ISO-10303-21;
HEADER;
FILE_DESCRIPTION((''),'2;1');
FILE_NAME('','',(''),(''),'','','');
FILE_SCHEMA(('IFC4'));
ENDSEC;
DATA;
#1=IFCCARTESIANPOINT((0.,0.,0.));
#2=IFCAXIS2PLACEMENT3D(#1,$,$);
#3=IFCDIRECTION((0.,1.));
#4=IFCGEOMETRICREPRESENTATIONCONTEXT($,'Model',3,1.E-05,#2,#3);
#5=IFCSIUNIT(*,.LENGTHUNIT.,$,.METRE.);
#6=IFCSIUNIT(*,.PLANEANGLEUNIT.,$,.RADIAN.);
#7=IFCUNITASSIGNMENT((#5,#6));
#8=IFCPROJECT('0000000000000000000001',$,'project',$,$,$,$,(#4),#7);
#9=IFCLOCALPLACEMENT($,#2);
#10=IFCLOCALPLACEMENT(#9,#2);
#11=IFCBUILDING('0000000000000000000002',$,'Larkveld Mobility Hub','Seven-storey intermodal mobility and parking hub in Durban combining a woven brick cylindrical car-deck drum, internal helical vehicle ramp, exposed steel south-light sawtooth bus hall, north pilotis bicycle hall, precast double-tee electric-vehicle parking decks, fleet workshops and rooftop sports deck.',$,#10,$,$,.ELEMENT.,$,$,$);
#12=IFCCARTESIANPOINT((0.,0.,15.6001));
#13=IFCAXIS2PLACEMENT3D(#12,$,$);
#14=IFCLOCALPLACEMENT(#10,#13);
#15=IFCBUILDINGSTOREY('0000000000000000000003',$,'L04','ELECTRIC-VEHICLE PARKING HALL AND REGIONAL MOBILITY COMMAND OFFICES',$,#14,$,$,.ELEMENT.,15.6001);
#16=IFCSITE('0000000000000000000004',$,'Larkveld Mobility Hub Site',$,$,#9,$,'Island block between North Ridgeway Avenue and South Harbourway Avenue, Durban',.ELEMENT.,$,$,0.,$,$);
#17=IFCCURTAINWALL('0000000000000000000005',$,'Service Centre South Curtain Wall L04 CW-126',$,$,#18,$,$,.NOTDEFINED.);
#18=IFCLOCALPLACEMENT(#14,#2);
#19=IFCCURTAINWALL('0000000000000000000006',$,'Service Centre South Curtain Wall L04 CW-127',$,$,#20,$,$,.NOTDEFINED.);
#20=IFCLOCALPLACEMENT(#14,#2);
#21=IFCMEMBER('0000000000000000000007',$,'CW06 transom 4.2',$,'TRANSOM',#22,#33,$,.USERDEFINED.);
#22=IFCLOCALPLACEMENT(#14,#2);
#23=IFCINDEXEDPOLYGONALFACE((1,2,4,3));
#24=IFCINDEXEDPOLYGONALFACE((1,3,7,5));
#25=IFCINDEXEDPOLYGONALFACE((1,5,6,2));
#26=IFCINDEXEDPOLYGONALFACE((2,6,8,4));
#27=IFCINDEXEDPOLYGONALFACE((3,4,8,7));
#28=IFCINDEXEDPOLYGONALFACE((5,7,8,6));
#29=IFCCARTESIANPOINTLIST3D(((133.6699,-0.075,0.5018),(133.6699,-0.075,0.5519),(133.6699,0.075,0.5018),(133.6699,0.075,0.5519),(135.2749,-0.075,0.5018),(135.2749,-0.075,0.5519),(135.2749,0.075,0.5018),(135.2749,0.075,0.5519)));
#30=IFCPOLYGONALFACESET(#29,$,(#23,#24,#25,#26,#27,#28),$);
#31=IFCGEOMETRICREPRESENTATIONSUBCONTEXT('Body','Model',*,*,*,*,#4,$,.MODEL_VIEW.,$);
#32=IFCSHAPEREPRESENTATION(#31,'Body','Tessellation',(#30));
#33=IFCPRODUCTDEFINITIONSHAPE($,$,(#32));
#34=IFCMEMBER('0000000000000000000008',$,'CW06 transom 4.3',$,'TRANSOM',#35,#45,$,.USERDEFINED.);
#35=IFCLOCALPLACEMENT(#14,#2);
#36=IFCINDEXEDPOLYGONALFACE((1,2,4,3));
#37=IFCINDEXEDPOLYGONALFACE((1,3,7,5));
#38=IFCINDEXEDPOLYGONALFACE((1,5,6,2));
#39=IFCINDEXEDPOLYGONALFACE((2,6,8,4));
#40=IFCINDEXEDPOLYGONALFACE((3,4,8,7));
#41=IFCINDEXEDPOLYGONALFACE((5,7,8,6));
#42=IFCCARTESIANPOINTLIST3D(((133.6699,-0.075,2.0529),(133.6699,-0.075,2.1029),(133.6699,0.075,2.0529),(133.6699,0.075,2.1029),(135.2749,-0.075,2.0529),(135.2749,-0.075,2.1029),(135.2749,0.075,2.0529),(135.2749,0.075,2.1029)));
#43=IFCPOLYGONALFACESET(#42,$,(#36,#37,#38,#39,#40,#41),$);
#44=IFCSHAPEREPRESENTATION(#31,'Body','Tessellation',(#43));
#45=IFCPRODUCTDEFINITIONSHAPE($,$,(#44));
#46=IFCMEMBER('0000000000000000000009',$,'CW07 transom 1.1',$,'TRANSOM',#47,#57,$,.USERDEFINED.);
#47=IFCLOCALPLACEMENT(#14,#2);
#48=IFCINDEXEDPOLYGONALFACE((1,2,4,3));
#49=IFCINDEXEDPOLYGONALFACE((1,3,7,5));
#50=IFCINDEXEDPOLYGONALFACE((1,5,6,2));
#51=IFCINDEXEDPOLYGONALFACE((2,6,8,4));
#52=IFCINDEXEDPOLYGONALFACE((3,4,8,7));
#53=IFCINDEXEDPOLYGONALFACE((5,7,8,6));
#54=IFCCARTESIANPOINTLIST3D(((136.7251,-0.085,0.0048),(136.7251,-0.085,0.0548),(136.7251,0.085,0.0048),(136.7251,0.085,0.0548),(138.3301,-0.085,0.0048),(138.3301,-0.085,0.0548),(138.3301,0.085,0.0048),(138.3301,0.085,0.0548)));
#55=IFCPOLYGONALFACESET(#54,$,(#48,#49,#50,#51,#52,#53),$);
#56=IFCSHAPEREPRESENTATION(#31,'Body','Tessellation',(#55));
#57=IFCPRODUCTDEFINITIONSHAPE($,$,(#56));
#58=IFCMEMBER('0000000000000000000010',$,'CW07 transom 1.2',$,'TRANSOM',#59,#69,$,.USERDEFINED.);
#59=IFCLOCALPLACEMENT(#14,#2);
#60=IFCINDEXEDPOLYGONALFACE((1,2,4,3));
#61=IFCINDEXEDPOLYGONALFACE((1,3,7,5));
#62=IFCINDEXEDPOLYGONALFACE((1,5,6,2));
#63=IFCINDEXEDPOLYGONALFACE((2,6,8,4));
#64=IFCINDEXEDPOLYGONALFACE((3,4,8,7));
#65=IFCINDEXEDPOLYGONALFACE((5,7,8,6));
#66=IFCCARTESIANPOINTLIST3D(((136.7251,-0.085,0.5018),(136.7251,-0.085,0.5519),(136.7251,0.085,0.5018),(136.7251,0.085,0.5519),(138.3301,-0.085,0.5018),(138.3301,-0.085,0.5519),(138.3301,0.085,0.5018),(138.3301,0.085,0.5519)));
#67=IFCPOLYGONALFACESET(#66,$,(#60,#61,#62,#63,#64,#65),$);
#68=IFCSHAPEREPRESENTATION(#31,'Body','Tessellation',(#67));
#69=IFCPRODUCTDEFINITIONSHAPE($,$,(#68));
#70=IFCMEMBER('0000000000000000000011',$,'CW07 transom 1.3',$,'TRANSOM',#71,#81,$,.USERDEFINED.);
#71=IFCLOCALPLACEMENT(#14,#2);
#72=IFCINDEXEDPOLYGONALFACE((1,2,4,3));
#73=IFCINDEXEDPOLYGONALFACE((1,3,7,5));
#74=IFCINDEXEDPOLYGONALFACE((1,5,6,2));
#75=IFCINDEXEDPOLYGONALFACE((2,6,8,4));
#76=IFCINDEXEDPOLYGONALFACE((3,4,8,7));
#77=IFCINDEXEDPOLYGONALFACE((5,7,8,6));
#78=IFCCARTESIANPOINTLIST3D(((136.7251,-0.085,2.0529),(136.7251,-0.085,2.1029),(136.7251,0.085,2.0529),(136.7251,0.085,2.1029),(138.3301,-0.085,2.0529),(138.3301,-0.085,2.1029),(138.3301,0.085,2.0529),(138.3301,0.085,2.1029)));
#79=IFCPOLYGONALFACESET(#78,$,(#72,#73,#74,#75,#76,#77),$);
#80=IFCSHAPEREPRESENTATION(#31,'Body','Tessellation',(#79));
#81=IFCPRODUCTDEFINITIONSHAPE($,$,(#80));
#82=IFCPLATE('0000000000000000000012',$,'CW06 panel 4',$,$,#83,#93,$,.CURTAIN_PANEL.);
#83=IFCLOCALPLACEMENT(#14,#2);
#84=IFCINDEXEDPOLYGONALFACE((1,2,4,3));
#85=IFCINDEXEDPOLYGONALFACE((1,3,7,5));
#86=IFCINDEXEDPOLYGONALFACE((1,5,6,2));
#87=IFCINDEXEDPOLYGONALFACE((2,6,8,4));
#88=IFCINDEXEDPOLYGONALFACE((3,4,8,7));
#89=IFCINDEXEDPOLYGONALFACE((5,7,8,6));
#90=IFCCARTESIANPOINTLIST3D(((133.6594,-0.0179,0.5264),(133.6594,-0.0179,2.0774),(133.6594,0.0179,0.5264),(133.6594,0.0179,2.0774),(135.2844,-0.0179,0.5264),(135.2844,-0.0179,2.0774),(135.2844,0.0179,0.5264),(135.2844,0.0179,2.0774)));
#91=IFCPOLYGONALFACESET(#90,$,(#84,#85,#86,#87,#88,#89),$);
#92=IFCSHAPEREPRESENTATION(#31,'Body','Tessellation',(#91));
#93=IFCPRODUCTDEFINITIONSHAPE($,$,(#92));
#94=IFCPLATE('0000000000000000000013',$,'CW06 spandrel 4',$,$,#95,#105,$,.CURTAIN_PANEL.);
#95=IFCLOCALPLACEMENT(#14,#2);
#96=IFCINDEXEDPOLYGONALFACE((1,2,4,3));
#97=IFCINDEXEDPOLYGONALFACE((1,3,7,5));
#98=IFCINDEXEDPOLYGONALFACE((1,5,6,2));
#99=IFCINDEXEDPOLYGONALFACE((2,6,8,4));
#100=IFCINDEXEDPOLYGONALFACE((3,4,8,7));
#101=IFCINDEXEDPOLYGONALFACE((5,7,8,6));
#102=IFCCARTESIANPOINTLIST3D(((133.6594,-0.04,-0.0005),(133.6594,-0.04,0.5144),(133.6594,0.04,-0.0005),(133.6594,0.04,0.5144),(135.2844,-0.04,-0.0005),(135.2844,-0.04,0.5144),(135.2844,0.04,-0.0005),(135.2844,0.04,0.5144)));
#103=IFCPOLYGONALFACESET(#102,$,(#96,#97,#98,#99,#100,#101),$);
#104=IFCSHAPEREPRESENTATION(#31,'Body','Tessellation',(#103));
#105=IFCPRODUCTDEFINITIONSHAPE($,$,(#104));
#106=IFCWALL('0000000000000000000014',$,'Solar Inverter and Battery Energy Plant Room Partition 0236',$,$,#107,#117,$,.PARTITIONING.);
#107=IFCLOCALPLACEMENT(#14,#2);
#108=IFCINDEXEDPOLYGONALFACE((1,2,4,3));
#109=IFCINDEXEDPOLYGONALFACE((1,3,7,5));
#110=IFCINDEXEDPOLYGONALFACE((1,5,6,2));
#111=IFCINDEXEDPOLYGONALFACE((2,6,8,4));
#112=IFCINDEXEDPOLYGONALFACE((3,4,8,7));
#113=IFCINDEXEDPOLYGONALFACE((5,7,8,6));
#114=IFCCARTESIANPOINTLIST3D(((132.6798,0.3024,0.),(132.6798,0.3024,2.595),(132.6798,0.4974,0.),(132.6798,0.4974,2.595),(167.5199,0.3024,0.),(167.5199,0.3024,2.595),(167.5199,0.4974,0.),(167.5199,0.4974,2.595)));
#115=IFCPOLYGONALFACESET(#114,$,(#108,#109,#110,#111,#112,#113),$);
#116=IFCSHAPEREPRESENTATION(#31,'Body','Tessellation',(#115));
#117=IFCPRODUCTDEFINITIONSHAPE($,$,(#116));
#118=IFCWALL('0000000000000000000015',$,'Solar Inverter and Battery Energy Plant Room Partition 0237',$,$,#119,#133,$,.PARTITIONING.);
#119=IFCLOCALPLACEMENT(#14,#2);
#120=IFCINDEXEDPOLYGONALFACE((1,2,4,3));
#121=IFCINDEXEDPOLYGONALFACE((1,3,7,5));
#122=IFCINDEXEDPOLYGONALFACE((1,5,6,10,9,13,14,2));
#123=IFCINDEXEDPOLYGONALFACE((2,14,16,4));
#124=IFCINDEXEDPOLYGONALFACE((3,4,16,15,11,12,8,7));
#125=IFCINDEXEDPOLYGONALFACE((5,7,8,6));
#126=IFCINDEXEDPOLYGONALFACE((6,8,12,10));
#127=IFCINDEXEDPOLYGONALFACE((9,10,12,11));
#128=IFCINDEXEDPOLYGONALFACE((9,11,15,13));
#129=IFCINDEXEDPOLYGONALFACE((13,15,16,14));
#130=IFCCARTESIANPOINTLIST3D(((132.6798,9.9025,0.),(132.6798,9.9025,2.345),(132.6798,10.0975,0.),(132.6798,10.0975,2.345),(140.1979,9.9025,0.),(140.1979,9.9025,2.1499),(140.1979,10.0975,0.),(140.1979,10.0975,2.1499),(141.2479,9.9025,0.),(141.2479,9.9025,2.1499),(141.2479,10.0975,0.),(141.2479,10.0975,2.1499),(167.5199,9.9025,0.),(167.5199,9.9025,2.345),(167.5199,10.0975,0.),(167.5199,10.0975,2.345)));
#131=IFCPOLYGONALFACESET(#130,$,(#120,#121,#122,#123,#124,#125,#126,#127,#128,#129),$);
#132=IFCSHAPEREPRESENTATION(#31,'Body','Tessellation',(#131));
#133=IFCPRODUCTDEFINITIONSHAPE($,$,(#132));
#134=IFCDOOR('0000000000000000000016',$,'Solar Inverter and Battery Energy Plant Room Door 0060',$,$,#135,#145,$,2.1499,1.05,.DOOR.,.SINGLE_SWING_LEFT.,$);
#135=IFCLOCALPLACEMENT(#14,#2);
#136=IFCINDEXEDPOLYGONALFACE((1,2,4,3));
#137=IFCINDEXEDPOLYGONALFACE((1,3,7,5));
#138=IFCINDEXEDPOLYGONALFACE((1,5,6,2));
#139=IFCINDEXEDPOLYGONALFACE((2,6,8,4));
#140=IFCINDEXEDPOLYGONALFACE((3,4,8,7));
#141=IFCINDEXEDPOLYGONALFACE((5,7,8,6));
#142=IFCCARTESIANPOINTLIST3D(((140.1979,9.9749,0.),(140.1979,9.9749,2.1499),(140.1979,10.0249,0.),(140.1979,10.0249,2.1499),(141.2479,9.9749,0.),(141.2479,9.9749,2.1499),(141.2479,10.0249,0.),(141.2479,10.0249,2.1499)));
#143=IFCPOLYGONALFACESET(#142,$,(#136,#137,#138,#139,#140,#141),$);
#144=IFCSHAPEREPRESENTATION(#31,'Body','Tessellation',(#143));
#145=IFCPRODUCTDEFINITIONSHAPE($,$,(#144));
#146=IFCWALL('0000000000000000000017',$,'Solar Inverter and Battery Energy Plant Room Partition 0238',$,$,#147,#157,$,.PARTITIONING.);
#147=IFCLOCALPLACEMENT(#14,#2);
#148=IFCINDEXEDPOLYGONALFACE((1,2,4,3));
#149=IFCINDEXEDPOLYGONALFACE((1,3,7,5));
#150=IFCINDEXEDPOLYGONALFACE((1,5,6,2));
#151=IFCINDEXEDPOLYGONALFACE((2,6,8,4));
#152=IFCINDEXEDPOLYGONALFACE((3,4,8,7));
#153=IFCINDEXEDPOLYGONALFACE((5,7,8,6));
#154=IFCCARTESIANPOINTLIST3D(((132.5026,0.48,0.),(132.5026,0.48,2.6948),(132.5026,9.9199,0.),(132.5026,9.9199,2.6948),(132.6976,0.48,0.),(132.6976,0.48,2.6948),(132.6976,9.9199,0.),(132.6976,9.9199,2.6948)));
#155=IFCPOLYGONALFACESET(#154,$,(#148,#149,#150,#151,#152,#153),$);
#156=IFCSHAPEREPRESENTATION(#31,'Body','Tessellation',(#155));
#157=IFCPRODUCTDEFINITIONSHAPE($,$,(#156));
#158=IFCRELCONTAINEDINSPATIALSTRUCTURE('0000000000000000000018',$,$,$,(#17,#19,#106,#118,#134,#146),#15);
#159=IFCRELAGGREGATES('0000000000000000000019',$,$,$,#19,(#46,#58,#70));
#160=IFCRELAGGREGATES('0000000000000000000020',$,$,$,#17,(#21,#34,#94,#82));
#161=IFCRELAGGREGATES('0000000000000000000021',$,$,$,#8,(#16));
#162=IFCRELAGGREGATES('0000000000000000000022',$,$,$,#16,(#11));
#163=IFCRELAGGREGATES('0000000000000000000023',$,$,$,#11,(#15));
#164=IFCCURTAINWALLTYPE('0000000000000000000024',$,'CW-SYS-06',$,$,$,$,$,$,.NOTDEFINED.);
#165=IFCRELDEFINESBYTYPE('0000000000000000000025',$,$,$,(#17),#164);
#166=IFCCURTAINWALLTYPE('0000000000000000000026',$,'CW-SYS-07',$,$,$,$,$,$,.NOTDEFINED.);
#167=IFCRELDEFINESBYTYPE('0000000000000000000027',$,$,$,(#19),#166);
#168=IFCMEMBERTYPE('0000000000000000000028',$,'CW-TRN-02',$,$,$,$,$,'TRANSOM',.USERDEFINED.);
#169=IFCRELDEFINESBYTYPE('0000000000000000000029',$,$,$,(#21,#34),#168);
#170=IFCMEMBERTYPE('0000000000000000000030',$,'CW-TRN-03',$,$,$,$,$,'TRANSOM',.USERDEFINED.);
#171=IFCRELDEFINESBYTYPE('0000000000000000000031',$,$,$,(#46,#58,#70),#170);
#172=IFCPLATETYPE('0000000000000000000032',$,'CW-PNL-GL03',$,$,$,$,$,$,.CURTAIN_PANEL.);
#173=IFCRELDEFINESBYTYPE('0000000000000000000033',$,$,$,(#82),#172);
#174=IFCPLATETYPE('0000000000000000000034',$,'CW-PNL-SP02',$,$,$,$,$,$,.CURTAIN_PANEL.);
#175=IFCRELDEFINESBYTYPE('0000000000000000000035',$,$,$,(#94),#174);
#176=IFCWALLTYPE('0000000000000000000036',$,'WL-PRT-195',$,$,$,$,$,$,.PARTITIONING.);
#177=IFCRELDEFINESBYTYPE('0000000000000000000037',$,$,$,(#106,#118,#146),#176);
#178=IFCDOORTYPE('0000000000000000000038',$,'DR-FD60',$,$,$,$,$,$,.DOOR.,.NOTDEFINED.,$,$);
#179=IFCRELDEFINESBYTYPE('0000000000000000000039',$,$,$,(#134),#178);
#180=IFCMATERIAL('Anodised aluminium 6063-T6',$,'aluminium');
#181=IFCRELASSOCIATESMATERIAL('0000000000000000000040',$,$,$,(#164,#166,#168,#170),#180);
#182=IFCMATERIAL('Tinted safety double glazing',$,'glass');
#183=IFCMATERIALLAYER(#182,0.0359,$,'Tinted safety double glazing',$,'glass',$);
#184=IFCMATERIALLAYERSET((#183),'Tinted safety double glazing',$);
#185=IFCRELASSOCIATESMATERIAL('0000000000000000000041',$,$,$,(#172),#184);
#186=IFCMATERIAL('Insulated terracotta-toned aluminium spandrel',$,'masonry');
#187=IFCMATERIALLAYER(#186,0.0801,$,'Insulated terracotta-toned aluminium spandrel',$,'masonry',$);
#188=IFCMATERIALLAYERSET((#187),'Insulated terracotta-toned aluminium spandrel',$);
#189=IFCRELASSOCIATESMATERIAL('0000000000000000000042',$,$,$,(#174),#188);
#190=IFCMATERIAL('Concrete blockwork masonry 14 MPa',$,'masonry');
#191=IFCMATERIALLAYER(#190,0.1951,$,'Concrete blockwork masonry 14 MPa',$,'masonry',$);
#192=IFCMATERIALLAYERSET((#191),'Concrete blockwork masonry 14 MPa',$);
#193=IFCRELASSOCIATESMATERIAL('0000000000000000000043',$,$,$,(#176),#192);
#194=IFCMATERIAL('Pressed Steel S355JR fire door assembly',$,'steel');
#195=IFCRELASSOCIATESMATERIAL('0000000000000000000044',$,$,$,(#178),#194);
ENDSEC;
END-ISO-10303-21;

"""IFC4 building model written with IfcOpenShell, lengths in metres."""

from ifc_helpers import new_model, si_unit, direction, frame, frame_2d, origin, origin_2d, place, context, subcontext, project, spatial, rectangle, extrude, material, layer, layer_set, material_profile, profile_set, type_object, element, fill, aggregate, save


model = new_model("IFC4")

# Units and contexts
model_context = context("Model", 3, precision=1e-05, world=origin(), true_north=direction((0.0, 1.0)))
body_context = subcontext(model_context, "Body", "Model", "MODEL_VIEW")
ifc_project = project(units=[si_unit("LENGTHUNIT", "METRE"), si_unit("PLANEANGLEUNIT", "RADIAN")], contexts=[model_context])

# Site, building, storey
site_placement = place(None, origin())
site = spatial("IfcSite", under=ifc_project, at=site_placement, Name="Larkveld Mobility Hub Site", LongName="Island block between North Ridgeway Avenue and South Harbourway Avenue, Durban", CompositionType="ELEMENT", RefElevation=0.0)
building_placement = place(site_placement, origin())
building = spatial("IfcBuilding", under=site, at=building_placement, Name="Larkveld Mobility Hub", Description="Seven-storey intermodal mobility and parking hub in Durban combining a woven brick cylindrical car-deck drum, internal helical vehicle ramp, exposed steel south-light sawtooth bus hall, north pilotis bicycle hall, precast double-tee electric-vehicle parking decks, fleet workshops and rooftop sports deck.", CompositionType="ELEMENT")
storey_placement = place(building_placement, frame((0.0, 0.0, 15.6001)))
storey = spatial("IfcBuildingStorey", under=building, at=storey_placement, Name="L04", Description="ELECTRIC-VEHICLE PARKING HALL AND REGIONAL MOBILITY COMMAND OFFICES", CompositionType="ELEMENT", Elevation=15.6001)

# Curtain wall
ifc_material_1 = material(Name="Anodised aluminium 6063-T6", Category="aluminium")
curtain_wall_type_1 = type_object("IfcCurtainWallType", Name="CW-SYS-06", PredefinedType="NOTDEFINED", material=ifc_material_1)
curtain_wall_1_placement = place(storey_placement, origin())
curtain_wall_1 = element("IfcCurtainWall", 1, at=curtain_wall_1_placement, inside=storey, type_object=curtain_wall_type_1, Name="Service Centre South Curtain Wall L04 CW-126", PredefinedType="NOTDEFINED")

# Curtain wall
curtain_wall_type_2 = type_object("IfcCurtainWallType", Name="CW-SYS-07", PredefinedType="NOTDEFINED", material=ifc_material_1)
curtain_wall_2_placement = place(storey_placement, origin())
curtain_wall_2 = element("IfcCurtainWall", 2, at=curtain_wall_2_placement, inside=storey, type_object=curtain_wall_type_2, Name="Service Centre South Curtain Wall L04 CW-127", PredefinedType="NOTDEFINED")

# Members
ifc_material_profile_1 = material_profile(ifc_material_1, rectangle(XDim=0.1499, YDim=0.05, at=origin_2d()), Name="ALU TRAN 50x150")
ifc_profile_set_1 = profile_set([ifc_material_profile_1], Name="Anodised aluminium 6063-T6")
member_type_1 = type_object("IfcMemberType", Name="CW-TRN-02", ElementType="TRANSOM", PredefinedType="USERDEFINED", material=ifc_profile_set_1)
member_1_placement = place(storey_placement, frame((133.6699, 0.0, 0.5269), z_axis=(1.0, 0.0, 0.0), x_axis=(0.0, 1.0, 0.0)))
member_1 = element("IfcMember", 3, at=member_1_placement, type_object=member_type_1, Name="CW06 transom 4.2", ObjectType="TRANSOM", PredefinedType="USERDEFINED", context=body_context, shape_type="SweptSolid", body=[
    extrude(rectangle(XDim=0.1499, YDim=0.05, at=origin_2d()), origin(), (0.0, 0.0, 1.0), 1.605),
])
member_2_placement = place(storey_placement, frame((133.6699, 0.0, 2.0779), z_axis=(1.0, 0.0, 0.0), x_axis=(0.0, 1.0, 0.0)))
member_2 = element("IfcMember", 4, at=member_2_placement, type_object=member_type_1, Name="CW06 transom 4.3", ObjectType="TRANSOM", PredefinedType="USERDEFINED", context=body_context, shape_type="SweptSolid", body=[
    extrude(rectangle(XDim=0.1499, YDim=0.05, at=origin_2d()), origin(), (0.0, 0.0, 1.0), 1.605),
])
ifc_material_profile_2 = material_profile(ifc_material_1, rectangle(XDim=0.1699, YDim=0.05, at=origin_2d()), Name="ALU TRAN 50x170")
ifc_profile_set_2 = profile_set([ifc_material_profile_2], Name="Anodised aluminium 6063-T6")
member_type_2 = type_object("IfcMemberType", Name="CW-TRN-03", ElementType="TRANSOM", PredefinedType="USERDEFINED", material=ifc_profile_set_2)
member_3_placement = place(storey_placement, frame((136.7251, 0.0, 0.0298), z_axis=(1.0, 0.0, 0.0), x_axis=(0.0, 1.0, 0.0)))
member_3 = element("IfcMember", 5, at=member_3_placement, type_object=member_type_2, Name="CW07 transom 1.1", ObjectType="TRANSOM", PredefinedType="USERDEFINED", context=body_context, shape_type="SweptSolid", body=[
    extrude(rectangle(XDim=0.1699, YDim=0.05, at=origin_2d()), origin(), (0.0, 0.0, 1.0), 1.605),
])
member_4_placement = place(storey_placement, frame((136.7251, 0.0, 0.5269), z_axis=(1.0, 0.0, 0.0), x_axis=(0.0, 1.0, 0.0)))
member_4 = element("IfcMember", 6, at=member_4_placement, type_object=member_type_2, Name="CW07 transom 1.2", ObjectType="TRANSOM", PredefinedType="USERDEFINED", context=body_context, shape_type="SweptSolid", body=[
    extrude(rectangle(XDim=0.1699, YDim=0.05, at=origin_2d()), origin(), (0.0, 0.0, 1.0), 1.605),
])
member_5_placement = place(storey_placement, frame((136.7251, 0.0, 2.0779), z_axis=(1.0, 0.0, 0.0), x_axis=(0.0, 1.0, 0.0)))
member_5 = element("IfcMember", 7, at=member_5_placement, type_object=member_type_2, Name="CW07 transom 1.3", ObjectType="TRANSOM", PredefinedType="USERDEFINED", context=body_context, shape_type="SweptSolid", body=[
    extrude(rectangle(XDim=0.1699, YDim=0.05, at=origin_2d()), origin(), (0.0, 0.0, 1.0), 1.605),
])
aggregate(curtain_wall_2, [member_3, member_4, member_5])

# Plates
ifc_material_2 = material(Name="Tinted safety double glazing", Category="glass")
ifc_layer_1 = layer(ifc_material_2, 0.0359, Name="Tinted safety double glazing", Category="glass")
ifc_layer_set_1 = layer_set([ifc_layer_1], Name="Tinted safety double glazing")
plate_type_1 = type_object("IfcPlateType", Name="CW-PNL-GL03", PredefinedType="CURTAIN_PANEL", material=ifc_layer_set_1)
plate_1_placement = place(storey_placement, frame((134.4719, 0.0, 0.5264), z_axis=(0.0, 0.0, 1.0), x_axis=(1.0, 0.0, 0.0)))
plate_1 = element("IfcPlate", 8, at=plate_1_placement, type_object=plate_type_1, Name="CW06 panel 4", PredefinedType="CURTAIN_PANEL", context=body_context, shape_type="SweptSolid", body=[
    extrude(rectangle(XDim=1.625, YDim=0.0359, at=origin_2d()), origin(), (0.0, 0.0, 1.0), 1.551),
])
ifc_material_3 = material(Name="Insulated terracotta-toned aluminium spandrel", Category="masonry")
ifc_layer_2 = layer(ifc_material_3, 0.0801, Name="Insulated terracotta-toned aluminium spandrel", Category="masonry")
ifc_layer_set_2 = layer_set([ifc_layer_2], Name="Insulated terracotta-toned aluminium spandrel")
plate_type_2 = type_object("IfcPlateType", Name="CW-PNL-SP02", PredefinedType="CURTAIN_PANEL", material=ifc_layer_set_2)
plate_2_placement = place(storey_placement, frame((134.4719, 0.0, -0.0005), z_axis=(0.0, 0.0, 1.0), x_axis=(1.0, 0.0, 0.0)))
plate_2 = element("IfcPlate", 9, at=plate_2_placement, type_object=plate_type_2, Name="CW06 spandrel 4", PredefinedType="CURTAIN_PANEL", context=body_context, shape_type="SweptSolid", body=[
    extrude(rectangle(XDim=1.625, YDim=0.0801, at=origin_2d()), origin(), (0.0, 0.0, 1.0), 0.5149),
])
aggregate(curtain_wall_1, [member_1, member_2, plate_2, plate_1])

# Wall
ifc_material_4 = material(Name="Concrete blockwork masonry 14 MPa", Category="masonry")
ifc_layer_3 = layer(ifc_material_4, 0.1951, Name="Concrete blockwork masonry 14 MPa", Category="masonry")
ifc_layer_set_3 = layer_set([ifc_layer_3], Name="Concrete blockwork masonry 14 MPa")
wall_type_1 = type_object("IfcWallType", Name="WL-PRT-195", PredefinedType="PARTITIONING", material=ifc_layer_set_3)
wall_1_placement = place(storey_placement, frame((132.6799, 0.3999, 0.0), z_axis=(0.0, 0.0, 1.0), x_axis=(1.0, 0.0, 0.0)))
element("IfcWall", 10, at=wall_1_placement, inside=storey, type_object=wall_type_1, Name="Solar Inverter and Battery Energy Plant Room Partition 0236", PredefinedType="PARTITIONING", context=body_context, shape_type="SweptSolid", body=[
    extrude(rectangle(XDim=34.8401, YDim=0.1951, at=frame_2d((17.4199, 0.0))), origin(), (0.0, 0.0, 1.0), 2.595),
])

# Wall, opening, door
wall_2_placement = place(storey_placement, frame((132.6799, 10.0, 0.0), z_axis=(0.0, 0.0, 1.0), x_axis=(1.0, 0.0, 0.0)))
wall_2 = element("IfcWall", 11, at=wall_2_placement, inside=storey, type_object=wall_type_1, Name="Solar Inverter and Battery Energy Plant Room Partition 0237", PredefinedType="PARTITIONING", context=body_context, shape_type="SweptSolid", body=[
    extrude(rectangle(XDim=34.8401, YDim=0.1951, at=frame_2d((17.4199, 0.0))), origin(), (0.0, 0.0, 1.0), 2.345),
])
opening_1_placement = place(wall_2_placement, frame((7.5181, 0.0, 0.0)))
opening_1 = element("IfcOpeningElement", 12, at=opening_1_placement, cuts=wall_2, PredefinedType="OPENING", context=body_context, shape_type="SweptSolid", body=[
    extrude(rectangle(XDim=1.05, YDim=2.1499, at=frame_2d((0.5249, 1.075))), frame((0.0, 0.1074, 0.0), z_axis=(0.0, -1.0, 0.0), x_axis=(1.0, 0.0, 0.0)), (0.0, 0.0, 1.0), 0.2151),
])
ifc_material_5 = material(Name="Pressed Steel S355JR fire door assembly", Category="steel")
door_type_1 = type_object("IfcDoorType", Name="DR-FD60", OperationType="NOTDEFINED", PredefinedType="DOOR", material=ifc_material_5)
door_1_placement = place(opening_1_placement, origin())
door_1 = element("IfcDoor", 13, at=door_1_placement, inside=storey, type_object=door_type_1, Name="Solar Inverter and Battery Energy Plant Room Door 0060", OperationType="SINGLE_SWING_LEFT", OverallHeight=2.1499, OverallWidth=1.05, PredefinedType="DOOR", context=body_context, shape_type="SweptSolid", body=[
    extrude(rectangle(XDim=1.05, YDim=2.1499, at=frame_2d((0.5249, 1.075))), frame((0.0, 0.0249, 0.0), z_axis=(0.0, -1.0, 0.0), x_axis=(1.0, 0.0, 0.0)), (0.0, 0.0, 1.0), 0.05),
])
fill(opening_1, door_1)

# Wall
wall_3_placement = place(storey_placement, frame((132.6001, 0.48, 0.0), z_axis=(0.0, 0.0, 1.0), x_axis=(0.0, 1.0, 0.0)))
element("IfcWall", 14, at=wall_3_placement, inside=storey, type_object=wall_type_1, Name="Solar Inverter and Battery Energy Plant Room Partition 0238", PredefinedType="PARTITIONING", context=body_context, shape_type="SweptSolid", body=[
    extrude(rectangle(XDim=9.4399, YDim=0.1951, at=frame_2d((4.72, 0.0))), origin(), (0.0, 0.0, 1.0), 2.6948),
])

save(model, "model.ifc")
